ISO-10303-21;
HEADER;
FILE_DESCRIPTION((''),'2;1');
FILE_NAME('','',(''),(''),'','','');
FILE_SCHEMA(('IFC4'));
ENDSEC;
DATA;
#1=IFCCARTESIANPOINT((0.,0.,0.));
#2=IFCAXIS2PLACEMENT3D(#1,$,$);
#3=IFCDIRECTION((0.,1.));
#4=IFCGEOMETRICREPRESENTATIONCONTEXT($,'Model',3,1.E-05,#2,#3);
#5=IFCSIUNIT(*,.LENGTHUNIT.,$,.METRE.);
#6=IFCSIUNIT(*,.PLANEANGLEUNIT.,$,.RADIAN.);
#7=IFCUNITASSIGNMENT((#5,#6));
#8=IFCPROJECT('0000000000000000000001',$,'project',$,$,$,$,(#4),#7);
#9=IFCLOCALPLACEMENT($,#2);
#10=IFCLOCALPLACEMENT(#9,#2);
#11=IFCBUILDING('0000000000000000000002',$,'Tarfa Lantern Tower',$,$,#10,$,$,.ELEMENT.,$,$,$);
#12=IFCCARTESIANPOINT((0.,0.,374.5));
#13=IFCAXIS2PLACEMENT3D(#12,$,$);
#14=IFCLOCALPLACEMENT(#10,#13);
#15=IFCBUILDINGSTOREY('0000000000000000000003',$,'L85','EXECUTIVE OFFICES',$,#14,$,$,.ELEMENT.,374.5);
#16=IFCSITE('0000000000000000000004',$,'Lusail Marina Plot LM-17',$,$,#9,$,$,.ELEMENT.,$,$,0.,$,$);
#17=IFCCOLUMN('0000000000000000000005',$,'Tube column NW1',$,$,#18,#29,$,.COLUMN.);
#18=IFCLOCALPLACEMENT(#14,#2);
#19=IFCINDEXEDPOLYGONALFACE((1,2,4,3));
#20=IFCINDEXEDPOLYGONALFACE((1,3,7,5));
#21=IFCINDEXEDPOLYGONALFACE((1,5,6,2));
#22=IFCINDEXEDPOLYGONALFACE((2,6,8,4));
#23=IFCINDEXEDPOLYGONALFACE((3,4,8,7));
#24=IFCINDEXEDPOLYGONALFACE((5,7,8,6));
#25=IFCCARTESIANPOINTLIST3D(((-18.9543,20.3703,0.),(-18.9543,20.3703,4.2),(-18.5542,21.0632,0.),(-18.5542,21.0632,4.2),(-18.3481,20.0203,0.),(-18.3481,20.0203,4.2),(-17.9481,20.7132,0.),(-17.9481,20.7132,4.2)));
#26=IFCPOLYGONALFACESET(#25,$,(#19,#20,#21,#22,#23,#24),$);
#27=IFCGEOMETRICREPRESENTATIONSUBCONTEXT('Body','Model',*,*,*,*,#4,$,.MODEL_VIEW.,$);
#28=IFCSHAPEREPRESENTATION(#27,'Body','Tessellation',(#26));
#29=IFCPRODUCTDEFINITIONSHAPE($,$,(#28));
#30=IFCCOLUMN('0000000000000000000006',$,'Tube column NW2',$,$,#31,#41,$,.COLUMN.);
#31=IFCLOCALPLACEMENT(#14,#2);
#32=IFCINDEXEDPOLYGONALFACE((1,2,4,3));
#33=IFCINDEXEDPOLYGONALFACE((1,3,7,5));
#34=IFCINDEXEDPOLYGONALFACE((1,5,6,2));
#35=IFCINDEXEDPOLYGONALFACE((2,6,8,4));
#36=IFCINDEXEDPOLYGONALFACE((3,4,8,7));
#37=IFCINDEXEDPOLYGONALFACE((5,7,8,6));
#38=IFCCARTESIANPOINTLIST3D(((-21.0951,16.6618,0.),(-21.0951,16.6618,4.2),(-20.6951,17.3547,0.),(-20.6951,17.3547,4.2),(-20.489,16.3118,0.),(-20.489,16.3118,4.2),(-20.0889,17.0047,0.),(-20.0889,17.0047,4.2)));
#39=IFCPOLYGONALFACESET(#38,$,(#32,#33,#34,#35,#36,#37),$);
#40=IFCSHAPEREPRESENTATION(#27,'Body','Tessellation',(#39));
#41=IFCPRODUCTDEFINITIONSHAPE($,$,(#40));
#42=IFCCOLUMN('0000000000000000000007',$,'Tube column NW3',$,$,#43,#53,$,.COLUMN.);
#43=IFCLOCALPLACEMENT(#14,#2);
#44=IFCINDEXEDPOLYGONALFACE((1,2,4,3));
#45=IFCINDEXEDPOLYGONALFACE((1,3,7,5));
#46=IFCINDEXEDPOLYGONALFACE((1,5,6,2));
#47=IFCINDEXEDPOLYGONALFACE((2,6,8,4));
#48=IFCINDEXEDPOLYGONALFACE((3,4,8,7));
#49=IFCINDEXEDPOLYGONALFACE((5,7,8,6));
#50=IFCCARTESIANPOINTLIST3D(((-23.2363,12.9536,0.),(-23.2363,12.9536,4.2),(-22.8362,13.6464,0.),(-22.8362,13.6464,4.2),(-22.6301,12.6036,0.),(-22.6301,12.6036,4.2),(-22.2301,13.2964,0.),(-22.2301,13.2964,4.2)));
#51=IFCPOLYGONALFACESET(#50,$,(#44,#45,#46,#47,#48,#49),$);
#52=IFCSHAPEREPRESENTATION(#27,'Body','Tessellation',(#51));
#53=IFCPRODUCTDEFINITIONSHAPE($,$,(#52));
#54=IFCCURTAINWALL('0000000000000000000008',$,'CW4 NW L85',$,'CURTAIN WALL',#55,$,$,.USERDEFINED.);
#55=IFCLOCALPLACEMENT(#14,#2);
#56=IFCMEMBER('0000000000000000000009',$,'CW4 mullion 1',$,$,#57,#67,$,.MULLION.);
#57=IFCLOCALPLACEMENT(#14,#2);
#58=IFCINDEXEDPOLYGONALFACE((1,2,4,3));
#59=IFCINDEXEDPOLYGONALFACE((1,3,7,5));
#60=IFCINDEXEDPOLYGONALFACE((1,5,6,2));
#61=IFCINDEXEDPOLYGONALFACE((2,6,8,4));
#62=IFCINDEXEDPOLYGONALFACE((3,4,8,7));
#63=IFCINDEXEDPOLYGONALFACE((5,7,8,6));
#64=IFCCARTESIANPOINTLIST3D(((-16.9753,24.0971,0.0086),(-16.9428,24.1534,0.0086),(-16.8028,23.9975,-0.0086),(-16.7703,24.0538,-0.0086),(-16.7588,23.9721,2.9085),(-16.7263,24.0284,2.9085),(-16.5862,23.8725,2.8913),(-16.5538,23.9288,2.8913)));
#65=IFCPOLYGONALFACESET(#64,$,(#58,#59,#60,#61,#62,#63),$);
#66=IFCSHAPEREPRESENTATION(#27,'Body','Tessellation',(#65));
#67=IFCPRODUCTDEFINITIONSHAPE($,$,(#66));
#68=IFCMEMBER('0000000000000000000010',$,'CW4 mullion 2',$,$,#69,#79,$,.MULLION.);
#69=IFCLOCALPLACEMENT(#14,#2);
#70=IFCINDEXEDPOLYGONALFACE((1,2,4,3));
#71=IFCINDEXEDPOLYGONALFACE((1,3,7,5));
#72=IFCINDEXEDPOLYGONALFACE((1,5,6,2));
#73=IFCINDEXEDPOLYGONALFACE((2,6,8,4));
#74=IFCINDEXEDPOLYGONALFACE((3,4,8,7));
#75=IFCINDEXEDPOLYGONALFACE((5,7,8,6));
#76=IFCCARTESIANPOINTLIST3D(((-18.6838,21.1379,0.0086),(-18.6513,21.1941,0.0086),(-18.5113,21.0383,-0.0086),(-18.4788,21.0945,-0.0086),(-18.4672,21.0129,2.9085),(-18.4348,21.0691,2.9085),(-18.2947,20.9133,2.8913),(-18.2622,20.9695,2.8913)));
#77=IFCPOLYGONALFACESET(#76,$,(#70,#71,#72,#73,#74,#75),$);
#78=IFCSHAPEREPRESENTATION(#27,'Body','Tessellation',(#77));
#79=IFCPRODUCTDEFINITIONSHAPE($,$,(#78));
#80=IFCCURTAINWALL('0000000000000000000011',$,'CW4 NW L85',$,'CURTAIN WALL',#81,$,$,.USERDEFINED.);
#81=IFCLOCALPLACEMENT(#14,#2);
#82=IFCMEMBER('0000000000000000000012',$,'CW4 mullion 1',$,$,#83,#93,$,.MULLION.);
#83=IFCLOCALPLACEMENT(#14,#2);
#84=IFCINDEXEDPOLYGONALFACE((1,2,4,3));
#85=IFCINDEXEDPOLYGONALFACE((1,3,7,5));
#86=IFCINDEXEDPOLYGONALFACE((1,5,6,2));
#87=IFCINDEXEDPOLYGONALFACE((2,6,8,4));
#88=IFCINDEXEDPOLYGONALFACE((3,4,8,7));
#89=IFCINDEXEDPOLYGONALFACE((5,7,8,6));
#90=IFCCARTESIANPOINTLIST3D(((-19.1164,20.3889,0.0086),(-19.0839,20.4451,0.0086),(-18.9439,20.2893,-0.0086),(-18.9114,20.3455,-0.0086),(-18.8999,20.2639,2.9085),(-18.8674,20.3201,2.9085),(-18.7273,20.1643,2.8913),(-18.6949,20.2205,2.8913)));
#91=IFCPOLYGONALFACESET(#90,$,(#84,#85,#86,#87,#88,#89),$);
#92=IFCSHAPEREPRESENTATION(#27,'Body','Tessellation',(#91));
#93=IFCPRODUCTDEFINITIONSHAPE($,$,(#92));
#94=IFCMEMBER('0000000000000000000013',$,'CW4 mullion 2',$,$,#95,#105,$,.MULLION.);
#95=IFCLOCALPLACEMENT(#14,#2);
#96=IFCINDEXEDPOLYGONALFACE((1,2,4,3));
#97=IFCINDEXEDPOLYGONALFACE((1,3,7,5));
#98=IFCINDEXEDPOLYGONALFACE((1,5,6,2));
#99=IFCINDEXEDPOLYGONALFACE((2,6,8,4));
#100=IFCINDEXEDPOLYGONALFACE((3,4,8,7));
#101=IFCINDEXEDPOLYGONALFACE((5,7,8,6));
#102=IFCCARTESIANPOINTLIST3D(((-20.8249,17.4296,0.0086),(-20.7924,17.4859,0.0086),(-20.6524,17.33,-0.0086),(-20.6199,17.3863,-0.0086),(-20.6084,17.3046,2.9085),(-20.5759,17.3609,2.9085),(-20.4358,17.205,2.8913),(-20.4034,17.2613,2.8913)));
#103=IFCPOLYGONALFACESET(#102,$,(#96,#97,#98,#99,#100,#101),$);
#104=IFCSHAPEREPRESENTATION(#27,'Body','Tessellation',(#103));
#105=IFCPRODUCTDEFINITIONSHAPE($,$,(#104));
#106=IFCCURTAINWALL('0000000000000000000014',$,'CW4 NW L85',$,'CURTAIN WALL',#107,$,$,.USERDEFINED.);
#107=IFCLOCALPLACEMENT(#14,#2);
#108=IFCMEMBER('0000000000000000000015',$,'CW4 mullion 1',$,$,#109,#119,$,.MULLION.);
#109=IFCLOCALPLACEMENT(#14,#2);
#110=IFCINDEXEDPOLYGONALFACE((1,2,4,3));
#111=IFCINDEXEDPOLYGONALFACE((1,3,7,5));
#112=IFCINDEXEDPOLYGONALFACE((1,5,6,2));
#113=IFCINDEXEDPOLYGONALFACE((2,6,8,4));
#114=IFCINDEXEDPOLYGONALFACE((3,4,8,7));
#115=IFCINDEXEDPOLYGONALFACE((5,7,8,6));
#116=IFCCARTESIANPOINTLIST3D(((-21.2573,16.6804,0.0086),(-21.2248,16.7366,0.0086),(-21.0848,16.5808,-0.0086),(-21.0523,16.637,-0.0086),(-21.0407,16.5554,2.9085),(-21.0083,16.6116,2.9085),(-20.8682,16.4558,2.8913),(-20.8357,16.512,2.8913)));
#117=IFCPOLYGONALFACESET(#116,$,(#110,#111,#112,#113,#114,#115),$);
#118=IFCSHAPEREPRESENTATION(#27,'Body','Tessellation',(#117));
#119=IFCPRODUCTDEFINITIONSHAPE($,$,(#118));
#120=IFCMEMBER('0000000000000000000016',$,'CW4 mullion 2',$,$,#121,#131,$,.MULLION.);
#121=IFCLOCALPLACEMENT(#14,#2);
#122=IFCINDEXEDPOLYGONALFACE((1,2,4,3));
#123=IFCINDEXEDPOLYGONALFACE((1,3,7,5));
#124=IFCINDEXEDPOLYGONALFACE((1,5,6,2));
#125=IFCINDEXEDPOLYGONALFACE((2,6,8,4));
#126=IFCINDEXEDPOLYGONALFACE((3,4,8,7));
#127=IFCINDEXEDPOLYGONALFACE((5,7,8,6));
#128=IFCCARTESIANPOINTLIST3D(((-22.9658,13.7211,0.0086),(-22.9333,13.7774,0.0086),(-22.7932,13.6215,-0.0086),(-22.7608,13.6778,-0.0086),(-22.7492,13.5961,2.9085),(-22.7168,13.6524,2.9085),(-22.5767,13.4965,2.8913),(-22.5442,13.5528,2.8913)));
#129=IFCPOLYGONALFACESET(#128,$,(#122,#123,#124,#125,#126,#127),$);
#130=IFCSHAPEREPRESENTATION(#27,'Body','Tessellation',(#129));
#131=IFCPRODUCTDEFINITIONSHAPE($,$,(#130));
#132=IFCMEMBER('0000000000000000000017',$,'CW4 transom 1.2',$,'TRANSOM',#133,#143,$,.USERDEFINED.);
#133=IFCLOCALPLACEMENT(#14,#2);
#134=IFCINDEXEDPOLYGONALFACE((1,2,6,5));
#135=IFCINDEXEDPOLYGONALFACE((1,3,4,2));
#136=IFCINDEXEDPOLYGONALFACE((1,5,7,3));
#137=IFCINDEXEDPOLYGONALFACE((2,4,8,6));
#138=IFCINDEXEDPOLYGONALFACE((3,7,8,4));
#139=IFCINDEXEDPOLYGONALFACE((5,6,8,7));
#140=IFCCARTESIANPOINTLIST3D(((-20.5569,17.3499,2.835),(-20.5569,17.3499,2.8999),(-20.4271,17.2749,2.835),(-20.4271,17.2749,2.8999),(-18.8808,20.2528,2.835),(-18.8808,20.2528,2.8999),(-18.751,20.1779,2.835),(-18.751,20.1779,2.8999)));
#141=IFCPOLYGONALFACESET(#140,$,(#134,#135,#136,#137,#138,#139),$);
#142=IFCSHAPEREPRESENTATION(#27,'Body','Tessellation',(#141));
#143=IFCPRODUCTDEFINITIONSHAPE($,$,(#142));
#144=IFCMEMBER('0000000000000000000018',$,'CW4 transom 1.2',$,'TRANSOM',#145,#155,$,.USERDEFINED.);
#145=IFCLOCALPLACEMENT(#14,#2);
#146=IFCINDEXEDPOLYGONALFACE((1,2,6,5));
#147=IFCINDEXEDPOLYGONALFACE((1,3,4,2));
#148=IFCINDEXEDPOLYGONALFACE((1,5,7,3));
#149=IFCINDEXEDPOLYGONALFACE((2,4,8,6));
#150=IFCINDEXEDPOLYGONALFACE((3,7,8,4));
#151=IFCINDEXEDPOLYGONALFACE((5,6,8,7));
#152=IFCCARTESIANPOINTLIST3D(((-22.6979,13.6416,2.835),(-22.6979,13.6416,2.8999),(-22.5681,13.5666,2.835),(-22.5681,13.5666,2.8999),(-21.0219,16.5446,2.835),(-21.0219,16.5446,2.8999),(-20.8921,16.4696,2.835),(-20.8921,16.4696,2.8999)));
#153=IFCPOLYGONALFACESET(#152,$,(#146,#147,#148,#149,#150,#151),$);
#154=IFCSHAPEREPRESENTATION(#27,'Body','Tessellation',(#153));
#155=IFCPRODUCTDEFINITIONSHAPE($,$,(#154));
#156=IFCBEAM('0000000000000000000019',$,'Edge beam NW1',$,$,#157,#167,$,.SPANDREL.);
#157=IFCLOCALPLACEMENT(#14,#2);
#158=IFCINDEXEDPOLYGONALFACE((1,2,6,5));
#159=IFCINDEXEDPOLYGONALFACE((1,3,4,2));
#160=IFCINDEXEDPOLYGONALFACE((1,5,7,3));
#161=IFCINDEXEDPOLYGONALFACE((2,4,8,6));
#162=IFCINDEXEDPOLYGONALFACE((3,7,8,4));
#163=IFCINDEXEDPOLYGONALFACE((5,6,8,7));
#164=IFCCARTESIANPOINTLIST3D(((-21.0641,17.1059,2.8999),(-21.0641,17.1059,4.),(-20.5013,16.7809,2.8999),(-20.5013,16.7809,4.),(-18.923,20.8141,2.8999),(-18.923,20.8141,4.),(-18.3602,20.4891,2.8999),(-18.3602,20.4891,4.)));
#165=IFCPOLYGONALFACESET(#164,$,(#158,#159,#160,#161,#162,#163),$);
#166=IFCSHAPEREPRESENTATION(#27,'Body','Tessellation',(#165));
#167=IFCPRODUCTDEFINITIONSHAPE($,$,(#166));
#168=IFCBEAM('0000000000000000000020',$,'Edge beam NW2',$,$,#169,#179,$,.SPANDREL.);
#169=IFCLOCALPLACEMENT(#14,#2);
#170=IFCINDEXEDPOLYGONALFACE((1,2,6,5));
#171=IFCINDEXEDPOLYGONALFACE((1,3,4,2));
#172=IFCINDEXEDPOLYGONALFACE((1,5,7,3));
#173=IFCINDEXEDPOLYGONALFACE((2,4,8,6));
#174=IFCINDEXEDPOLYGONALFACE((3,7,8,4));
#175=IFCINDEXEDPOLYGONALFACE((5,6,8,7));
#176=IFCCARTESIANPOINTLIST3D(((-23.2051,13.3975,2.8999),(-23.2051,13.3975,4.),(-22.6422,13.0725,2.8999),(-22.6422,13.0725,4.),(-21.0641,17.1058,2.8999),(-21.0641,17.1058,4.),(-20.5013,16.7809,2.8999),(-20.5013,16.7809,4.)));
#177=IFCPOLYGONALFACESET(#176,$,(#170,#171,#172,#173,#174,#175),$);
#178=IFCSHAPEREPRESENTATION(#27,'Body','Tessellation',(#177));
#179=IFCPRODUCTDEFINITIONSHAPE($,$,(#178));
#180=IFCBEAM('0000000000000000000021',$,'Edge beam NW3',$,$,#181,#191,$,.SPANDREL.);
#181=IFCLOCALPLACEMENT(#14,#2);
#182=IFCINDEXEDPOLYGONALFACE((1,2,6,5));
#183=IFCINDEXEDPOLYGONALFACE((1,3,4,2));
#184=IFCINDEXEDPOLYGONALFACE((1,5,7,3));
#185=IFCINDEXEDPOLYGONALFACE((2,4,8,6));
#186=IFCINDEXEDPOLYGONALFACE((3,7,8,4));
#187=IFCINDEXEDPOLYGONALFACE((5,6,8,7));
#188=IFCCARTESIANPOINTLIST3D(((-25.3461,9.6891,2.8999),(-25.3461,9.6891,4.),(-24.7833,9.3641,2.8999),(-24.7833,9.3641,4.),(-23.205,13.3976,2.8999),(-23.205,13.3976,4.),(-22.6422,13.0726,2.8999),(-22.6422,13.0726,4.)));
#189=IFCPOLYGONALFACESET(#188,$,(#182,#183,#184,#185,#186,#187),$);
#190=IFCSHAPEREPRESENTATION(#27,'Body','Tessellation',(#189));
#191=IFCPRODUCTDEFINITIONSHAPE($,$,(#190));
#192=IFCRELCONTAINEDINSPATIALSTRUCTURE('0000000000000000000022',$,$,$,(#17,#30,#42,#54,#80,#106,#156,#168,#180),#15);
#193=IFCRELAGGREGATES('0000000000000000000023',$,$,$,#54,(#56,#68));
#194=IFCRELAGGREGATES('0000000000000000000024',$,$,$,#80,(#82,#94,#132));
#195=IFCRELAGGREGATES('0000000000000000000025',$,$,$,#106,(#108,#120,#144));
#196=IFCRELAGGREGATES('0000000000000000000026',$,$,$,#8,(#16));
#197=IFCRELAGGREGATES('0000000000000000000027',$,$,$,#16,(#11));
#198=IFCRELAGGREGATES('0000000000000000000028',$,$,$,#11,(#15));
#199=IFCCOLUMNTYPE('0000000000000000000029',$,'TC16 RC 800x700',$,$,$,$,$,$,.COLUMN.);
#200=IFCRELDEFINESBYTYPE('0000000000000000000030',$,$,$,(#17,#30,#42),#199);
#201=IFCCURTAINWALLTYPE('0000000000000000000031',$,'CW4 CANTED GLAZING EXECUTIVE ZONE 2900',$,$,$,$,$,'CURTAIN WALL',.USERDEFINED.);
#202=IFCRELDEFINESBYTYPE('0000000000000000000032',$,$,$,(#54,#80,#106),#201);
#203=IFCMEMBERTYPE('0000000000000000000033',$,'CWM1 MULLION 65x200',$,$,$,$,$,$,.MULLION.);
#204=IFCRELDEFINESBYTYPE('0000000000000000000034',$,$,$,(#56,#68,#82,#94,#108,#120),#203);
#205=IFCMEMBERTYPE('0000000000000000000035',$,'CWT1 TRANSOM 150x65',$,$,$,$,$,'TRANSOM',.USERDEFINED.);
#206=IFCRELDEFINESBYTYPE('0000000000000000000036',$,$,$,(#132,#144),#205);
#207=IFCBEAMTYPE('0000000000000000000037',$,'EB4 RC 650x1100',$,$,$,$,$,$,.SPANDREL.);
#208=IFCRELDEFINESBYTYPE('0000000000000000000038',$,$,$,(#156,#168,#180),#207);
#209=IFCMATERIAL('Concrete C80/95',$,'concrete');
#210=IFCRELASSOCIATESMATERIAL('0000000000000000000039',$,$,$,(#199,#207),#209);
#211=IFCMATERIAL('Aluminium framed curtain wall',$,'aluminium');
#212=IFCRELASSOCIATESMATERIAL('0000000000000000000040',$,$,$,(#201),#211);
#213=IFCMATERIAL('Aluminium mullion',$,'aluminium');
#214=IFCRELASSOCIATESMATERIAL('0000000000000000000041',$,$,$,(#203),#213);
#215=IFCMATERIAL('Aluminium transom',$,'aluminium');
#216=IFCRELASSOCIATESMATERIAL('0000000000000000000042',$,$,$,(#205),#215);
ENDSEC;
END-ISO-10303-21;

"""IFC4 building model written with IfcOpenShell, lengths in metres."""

from ifc_helpers import new_model, si_unit, direction, frame, origin, origin_2d, place, context, subcontext, project, spatial, rectangle, extrude, material, material_profile, profile_set, type_object, element, aggregate, save


model = new_model("IFC4")

# Units and contexts
model_context = context("Model", 3, precision=1e-05, world=origin(), true_north=direction((0.0, 1.0)))
body_context = subcontext(model_context, "Body", "Model", "MODEL_VIEW")
ifc_project = project(units=[si_unit("LENGTHUNIT", "METRE"), si_unit("PLANEANGLEUNIT", "RADIAN")], contexts=[model_context])

# Site, building, storey
site_placement = place(None, origin())
site = spatial("IfcSite", under=ifc_project, at=site_placement, Name="Lusail Marina Plot LM-17", CompositionType="ELEMENT", RefElevation=0.0)
building_placement = place(site_placement, origin())
building = spatial("IfcBuilding", under=site, at=building_placement, Name="Tarfa Lantern Tower", CompositionType="ELEMENT")
storey_placement = place(building_placement, frame((0.0, 0.0, 374.5)))
storey = spatial("IfcBuildingStorey", under=building, at=storey_placement, Name="L85", Description="EXECUTIVE OFFICES", CompositionType="ELEMENT", Elevation=374.5)

# Columns
ifc_material_1 = material(Name="Concrete C80/95", Category="concrete")
ifc_material_profile_1 = material_profile(ifc_material_1, rectangle(XDim=0.8, YDim=0.7, at=origin_2d()), Name="RC 800x700")
ifc_profile_set_1 = profile_set([ifc_material_profile_1], Name="Concrete C80/95")
column_type = type_object("IfcColumnType", Name="TC16 RC 800x700", PredefinedType="COLUMN", material=ifc_profile_set_1)
for number, where, z_axis, x_axis, name in (
    (1, (-18.4512, 20.5417, 0.0), (0.0, 0.0, 1.0), (-0.5, -0.866025, 0.0), "Tube column NW1"),
    (2, (-20.592, 16.8333, 0.0), (0.0, 0.0, 1.0), (-0.5, -0.866025, 0.0), "Tube column NW2"),
    (3, (-22.7332, 13.125, 0.0), (0.0, 0.0, 1.0), (-0.5, -0.866025, 0.0), "Tube column NW3"),
):
    element("IfcColumn", number, at=place(storey_placement, frame(where, z_axis=z_axis, x_axis=x_axis)), inside=storey, type_object=column_type, Name=name, PredefinedType="COLUMN", context=body_context, shape_type="SweptSolid", body=[
        extrude(rectangle(XDim=0.8, YDim=0.7, at=origin_2d()), origin(), (0.0, 0.0, 1.0), 4.2),
    ])

# Curtain walls, members
ifc_material_2 = material(Name="Aluminium framed curtain wall", Category="aluminium")
curtain_wall_type = type_object("IfcCurtainWallType", Name="CW4 CANTED GLAZING EXECUTIVE ZONE 2900", ElementType="CURTAIN WALL", PredefinedType="USERDEFINED", material=ifc_material_2)
curtain_wall_1_placement = place(storey_placement, origin())
curtain_wall_1 = element("IfcCurtainWall", 4, at=curtain_wall_1_placement, inside=storey, type_object=curtain_wall_type, Name="CW4 NW L85", ObjectType="CURTAIN WALL", PredefinedType="USERDEFINED")
ifc_material_3 = material(Name="Aluminium mullion", Category="aluminium")
ifc_material_profile_2 = material_profile(ifc_material_3, rectangle(XDim=0.0649, YDim=0.2, at=origin_2d()), Name="AL MULLION 65x200")
ifc_profile_set_2 = profile_set([ifc_material_profile_2], Name="Aluminium mullion")
member_type_1 = type_object("IfcMemberType", Name="CWM1 MULLION 65x200", PredefinedType="MULLION", material=ifc_profile_set_2)
member_1_placement = place(storey_placement, frame((-16.8728, 24.0754, 0.0), z_axis=(0.0744, -0.042946, 0.996303), x_axis=(0.49992, 0.866072, 0.0)))
member_1 = element("IfcMember", 5, at=member_1_placement, type_object=member_type_1, Name="CW4 mullion 1", PredefinedType="MULLION", context=body_context, shape_type="SweptSolid", body=[
    extrude(rectangle(XDim=0.0649, YDim=0.2, at=origin_2d()), origin(), (0.0, 0.0, 1.0), 2.9106),
])
member_2_placement = place(storey_placement, frame((-18.5813, 21.1162, 0.0), z_axis=(0.0744, -0.042946, 0.996303), x_axis=(0.49992, 0.866072, 0.0)))
member_2 = element("IfcMember", 6, at=member_2_placement, type_object=member_type_1, Name="CW4 mullion 2", PredefinedType="MULLION", context=body_context, shape_type="SweptSolid", body=[
    extrude(rectangle(XDim=0.0649, YDim=0.2, at=origin_2d()), origin(), (0.0, 0.0, 1.0), 2.9106),
])
curtain_wall_2_placement = place(storey_placement, origin())
curtain_wall_2 = element("IfcCurtainWall", 7, at=curtain_wall_2_placement, inside=storey, type_object=curtain_wall_type, Name="CW4 NW L85", ObjectType="CURTAIN WALL", PredefinedType="USERDEFINED")
member_3_placement = place(storey_placement, frame((-19.0139, 20.3672, 0.0), z_axis=(0.0744, -0.042946, 0.996303), x_axis=(0.49992, 0.866072, 0.0)))
member_3 = element("IfcMember", 8, at=member_3_placement, type_object=member_type_1, Name="CW4 mullion 1", PredefinedType="MULLION", context=body_context, shape_type="SweptSolid", body=[
    extrude(rectangle(XDim=0.0649, YDim=0.2, at=origin_2d()), origin(), (0.0, 0.0, 1.0), 2.9106),
])
member_4_placement = place(storey_placement, frame((-20.7224, 17.408, 0.0), z_axis=(0.0744, -0.042946, 0.996303), x_axis=(0.49992, 0.866072, 0.0)))
member_4 = element("IfcMember", 9, at=member_4_placement, type_object=member_type_1, Name="CW4 mullion 2", PredefinedType="MULLION", context=body_context, shape_type="SweptSolid", body=[
    extrude(rectangle(XDim=0.0649, YDim=0.2, at=origin_2d()), origin(), (0.0, 0.0, 1.0), 2.9106),
])
curtain_wall_3_placement = place(storey_placement, origin())
curtain_wall_3 = element("IfcCurtainWall", 10, at=curtain_wall_3_placement, inside=storey, type_object=curtain_wall_type, Name="CW4 NW L85", ObjectType="CURTAIN WALL", PredefinedType="USERDEFINED")
member_5_placement = place(storey_placement, frame((-21.1548, 16.6587, 0.0), z_axis=(0.0744, -0.042946, 0.996303), x_axis=(0.49992, 0.866072, 0.0)))
member_5 = element("IfcMember", 11, at=member_5_placement, type_object=member_type_1, Name="CW4 mullion 1", PredefinedType="MULLION", context=body_context, shape_type="SweptSolid", body=[
    extrude(rectangle(XDim=0.0649, YDim=0.2, at=origin_2d()), origin(), (0.0, 0.0, 1.0), 2.9106),
])
member_6_placement = place(storey_placement, frame((-22.8633, 13.6995, 0.0), z_axis=(0.0744, -0.042946, 0.996303), x_axis=(0.49992, 0.866072, 0.0)))
member_6 = element("IfcMember", 12, at=member_6_placement, type_object=member_type_1, Name="CW4 mullion 2", PredefinedType="MULLION", context=body_context, shape_type="SweptSolid", body=[
    extrude(rectangle(XDim=0.0649, YDim=0.2, at=origin_2d()), origin(), (0.0, 0.0, 1.0), 2.9106),
])

# Members
ifc_material_4 = material(Name="Aluminium transom", Category="aluminium")
ifc_material_profile_3 = material_profile(ifc_material_4, rectangle(XDim=0.1499, YDim=0.0649, at=origin_2d()), Name="AL TRANSOM 150x65")
ifc_profile_set_3 = profile_set([ifc_material_profile_3], Name="Aluminium transom")
member_type_2 = type_object("IfcMemberType", Name="CWT1 TRANSOM 150x65", ElementType="TRANSOM", PredefinedType="USERDEFINED", material=ifc_profile_set_3)
member_7_placement = place(storey_placement, frame((-18.8159, 20.2153, 2.8674), z_axis=(-0.500017, -0.866016, 0.0), x_axis=(0.866016, -0.500017, 0.0)))
member_7 = element("IfcMember", 13, at=member_7_placement, type_object=member_type_2, Name="CW4 transom 1.2", ObjectType="TRANSOM", PredefinedType="USERDEFINED", context=body_context, shape_type="SweptSolid", body=[
    extrude(rectangle(XDim=0.1499, YDim=0.0649, at=origin_2d()), origin(), (0.0, 0.0, 1.0), 3.3521),
])
member_8_placement = place(storey_placement, frame((-20.957, 16.5071, 2.8674), z_axis=(-0.499985, -0.866034, 0.0), x_axis=(0.866034, -0.499985, 0.0)))
member_8 = element("IfcMember", 14, at=member_8_placement, type_object=member_type_2, Name="CW4 transom 1.2", ObjectType="TRANSOM", PredefinedType="USERDEFINED", context=body_context, shape_type="SweptSolid", body=[
    extrude(rectangle(XDim=0.1499, YDim=0.0649, at=origin_2d()), origin(), (0.0, 0.0, 1.0), 3.3521),
])

# Beams
ifc_material_profile_4 = material_profile(ifc_material_1, rectangle(XDim=0.6499, YDim=1.1001, at=origin_2d()), Name="RC 650x1100")
ifc_profile_set_4 = profile_set([ifc_material_profile_4], Name="Concrete C80/95")
beam_type_1 = type_object("IfcBeamType", Name="EB4 RC 650x1100", PredefinedType="SPANDREL", material=ifc_profile_set_4)
for number, where, z_axis, x_axis, name in (
    (15, (-18.6416, 20.6516, 3.45), (-0.500027, -0.86601, 0.0), (0.86601, -0.500027, 0.0), "Edge beam NW1"),
    (16, (-20.7827, 16.9434, 3.45), (-0.499984, -0.866035, 0.0), (0.866035, -0.499984, 0.0), "Edge beam NW2"),
):
    element("IfcBeam", number, at=place(storey_placement, frame(where, z_axis=z_axis, x_axis=x_axis)), inside=storey, type_object=beam_type_1, Name=name, PredefinedType="SPANDREL", context=body_context, shape_type="SweptSolid", body=[
        extrude(rectangle(XDim=0.6499, YDim=1.1001, at=origin_2d()), origin(), (0.0, 0.0, 1.0), 4.282),
    ])
beam_1_placement = place(storey_placement, frame((-22.9236, 13.2351, 3.45), z_axis=(-0.500002, -0.866024, 0.0), x_axis=(0.866024, -0.500002, 0.0)))
element("IfcBeam", 17, at=beam_1_placement, inside=storey, type_object=beam_type_1, Name="Edge beam NW3", PredefinedType="SPANDREL", context=body_context, shape_type="SweptSolid", body=[
    extrude(rectangle(XDim=0.6499, YDim=1.1001, at=origin_2d()), origin(), (0.0, 0.0, 1.0), 4.2822),
])

aggregate(curtain_wall_1, [member_1, member_2])
aggregate(curtain_wall_2, [member_3, member_4, member_7])
aggregate(curtain_wall_3, [member_5, member_6, member_8])

save(model, "model.ifc")
